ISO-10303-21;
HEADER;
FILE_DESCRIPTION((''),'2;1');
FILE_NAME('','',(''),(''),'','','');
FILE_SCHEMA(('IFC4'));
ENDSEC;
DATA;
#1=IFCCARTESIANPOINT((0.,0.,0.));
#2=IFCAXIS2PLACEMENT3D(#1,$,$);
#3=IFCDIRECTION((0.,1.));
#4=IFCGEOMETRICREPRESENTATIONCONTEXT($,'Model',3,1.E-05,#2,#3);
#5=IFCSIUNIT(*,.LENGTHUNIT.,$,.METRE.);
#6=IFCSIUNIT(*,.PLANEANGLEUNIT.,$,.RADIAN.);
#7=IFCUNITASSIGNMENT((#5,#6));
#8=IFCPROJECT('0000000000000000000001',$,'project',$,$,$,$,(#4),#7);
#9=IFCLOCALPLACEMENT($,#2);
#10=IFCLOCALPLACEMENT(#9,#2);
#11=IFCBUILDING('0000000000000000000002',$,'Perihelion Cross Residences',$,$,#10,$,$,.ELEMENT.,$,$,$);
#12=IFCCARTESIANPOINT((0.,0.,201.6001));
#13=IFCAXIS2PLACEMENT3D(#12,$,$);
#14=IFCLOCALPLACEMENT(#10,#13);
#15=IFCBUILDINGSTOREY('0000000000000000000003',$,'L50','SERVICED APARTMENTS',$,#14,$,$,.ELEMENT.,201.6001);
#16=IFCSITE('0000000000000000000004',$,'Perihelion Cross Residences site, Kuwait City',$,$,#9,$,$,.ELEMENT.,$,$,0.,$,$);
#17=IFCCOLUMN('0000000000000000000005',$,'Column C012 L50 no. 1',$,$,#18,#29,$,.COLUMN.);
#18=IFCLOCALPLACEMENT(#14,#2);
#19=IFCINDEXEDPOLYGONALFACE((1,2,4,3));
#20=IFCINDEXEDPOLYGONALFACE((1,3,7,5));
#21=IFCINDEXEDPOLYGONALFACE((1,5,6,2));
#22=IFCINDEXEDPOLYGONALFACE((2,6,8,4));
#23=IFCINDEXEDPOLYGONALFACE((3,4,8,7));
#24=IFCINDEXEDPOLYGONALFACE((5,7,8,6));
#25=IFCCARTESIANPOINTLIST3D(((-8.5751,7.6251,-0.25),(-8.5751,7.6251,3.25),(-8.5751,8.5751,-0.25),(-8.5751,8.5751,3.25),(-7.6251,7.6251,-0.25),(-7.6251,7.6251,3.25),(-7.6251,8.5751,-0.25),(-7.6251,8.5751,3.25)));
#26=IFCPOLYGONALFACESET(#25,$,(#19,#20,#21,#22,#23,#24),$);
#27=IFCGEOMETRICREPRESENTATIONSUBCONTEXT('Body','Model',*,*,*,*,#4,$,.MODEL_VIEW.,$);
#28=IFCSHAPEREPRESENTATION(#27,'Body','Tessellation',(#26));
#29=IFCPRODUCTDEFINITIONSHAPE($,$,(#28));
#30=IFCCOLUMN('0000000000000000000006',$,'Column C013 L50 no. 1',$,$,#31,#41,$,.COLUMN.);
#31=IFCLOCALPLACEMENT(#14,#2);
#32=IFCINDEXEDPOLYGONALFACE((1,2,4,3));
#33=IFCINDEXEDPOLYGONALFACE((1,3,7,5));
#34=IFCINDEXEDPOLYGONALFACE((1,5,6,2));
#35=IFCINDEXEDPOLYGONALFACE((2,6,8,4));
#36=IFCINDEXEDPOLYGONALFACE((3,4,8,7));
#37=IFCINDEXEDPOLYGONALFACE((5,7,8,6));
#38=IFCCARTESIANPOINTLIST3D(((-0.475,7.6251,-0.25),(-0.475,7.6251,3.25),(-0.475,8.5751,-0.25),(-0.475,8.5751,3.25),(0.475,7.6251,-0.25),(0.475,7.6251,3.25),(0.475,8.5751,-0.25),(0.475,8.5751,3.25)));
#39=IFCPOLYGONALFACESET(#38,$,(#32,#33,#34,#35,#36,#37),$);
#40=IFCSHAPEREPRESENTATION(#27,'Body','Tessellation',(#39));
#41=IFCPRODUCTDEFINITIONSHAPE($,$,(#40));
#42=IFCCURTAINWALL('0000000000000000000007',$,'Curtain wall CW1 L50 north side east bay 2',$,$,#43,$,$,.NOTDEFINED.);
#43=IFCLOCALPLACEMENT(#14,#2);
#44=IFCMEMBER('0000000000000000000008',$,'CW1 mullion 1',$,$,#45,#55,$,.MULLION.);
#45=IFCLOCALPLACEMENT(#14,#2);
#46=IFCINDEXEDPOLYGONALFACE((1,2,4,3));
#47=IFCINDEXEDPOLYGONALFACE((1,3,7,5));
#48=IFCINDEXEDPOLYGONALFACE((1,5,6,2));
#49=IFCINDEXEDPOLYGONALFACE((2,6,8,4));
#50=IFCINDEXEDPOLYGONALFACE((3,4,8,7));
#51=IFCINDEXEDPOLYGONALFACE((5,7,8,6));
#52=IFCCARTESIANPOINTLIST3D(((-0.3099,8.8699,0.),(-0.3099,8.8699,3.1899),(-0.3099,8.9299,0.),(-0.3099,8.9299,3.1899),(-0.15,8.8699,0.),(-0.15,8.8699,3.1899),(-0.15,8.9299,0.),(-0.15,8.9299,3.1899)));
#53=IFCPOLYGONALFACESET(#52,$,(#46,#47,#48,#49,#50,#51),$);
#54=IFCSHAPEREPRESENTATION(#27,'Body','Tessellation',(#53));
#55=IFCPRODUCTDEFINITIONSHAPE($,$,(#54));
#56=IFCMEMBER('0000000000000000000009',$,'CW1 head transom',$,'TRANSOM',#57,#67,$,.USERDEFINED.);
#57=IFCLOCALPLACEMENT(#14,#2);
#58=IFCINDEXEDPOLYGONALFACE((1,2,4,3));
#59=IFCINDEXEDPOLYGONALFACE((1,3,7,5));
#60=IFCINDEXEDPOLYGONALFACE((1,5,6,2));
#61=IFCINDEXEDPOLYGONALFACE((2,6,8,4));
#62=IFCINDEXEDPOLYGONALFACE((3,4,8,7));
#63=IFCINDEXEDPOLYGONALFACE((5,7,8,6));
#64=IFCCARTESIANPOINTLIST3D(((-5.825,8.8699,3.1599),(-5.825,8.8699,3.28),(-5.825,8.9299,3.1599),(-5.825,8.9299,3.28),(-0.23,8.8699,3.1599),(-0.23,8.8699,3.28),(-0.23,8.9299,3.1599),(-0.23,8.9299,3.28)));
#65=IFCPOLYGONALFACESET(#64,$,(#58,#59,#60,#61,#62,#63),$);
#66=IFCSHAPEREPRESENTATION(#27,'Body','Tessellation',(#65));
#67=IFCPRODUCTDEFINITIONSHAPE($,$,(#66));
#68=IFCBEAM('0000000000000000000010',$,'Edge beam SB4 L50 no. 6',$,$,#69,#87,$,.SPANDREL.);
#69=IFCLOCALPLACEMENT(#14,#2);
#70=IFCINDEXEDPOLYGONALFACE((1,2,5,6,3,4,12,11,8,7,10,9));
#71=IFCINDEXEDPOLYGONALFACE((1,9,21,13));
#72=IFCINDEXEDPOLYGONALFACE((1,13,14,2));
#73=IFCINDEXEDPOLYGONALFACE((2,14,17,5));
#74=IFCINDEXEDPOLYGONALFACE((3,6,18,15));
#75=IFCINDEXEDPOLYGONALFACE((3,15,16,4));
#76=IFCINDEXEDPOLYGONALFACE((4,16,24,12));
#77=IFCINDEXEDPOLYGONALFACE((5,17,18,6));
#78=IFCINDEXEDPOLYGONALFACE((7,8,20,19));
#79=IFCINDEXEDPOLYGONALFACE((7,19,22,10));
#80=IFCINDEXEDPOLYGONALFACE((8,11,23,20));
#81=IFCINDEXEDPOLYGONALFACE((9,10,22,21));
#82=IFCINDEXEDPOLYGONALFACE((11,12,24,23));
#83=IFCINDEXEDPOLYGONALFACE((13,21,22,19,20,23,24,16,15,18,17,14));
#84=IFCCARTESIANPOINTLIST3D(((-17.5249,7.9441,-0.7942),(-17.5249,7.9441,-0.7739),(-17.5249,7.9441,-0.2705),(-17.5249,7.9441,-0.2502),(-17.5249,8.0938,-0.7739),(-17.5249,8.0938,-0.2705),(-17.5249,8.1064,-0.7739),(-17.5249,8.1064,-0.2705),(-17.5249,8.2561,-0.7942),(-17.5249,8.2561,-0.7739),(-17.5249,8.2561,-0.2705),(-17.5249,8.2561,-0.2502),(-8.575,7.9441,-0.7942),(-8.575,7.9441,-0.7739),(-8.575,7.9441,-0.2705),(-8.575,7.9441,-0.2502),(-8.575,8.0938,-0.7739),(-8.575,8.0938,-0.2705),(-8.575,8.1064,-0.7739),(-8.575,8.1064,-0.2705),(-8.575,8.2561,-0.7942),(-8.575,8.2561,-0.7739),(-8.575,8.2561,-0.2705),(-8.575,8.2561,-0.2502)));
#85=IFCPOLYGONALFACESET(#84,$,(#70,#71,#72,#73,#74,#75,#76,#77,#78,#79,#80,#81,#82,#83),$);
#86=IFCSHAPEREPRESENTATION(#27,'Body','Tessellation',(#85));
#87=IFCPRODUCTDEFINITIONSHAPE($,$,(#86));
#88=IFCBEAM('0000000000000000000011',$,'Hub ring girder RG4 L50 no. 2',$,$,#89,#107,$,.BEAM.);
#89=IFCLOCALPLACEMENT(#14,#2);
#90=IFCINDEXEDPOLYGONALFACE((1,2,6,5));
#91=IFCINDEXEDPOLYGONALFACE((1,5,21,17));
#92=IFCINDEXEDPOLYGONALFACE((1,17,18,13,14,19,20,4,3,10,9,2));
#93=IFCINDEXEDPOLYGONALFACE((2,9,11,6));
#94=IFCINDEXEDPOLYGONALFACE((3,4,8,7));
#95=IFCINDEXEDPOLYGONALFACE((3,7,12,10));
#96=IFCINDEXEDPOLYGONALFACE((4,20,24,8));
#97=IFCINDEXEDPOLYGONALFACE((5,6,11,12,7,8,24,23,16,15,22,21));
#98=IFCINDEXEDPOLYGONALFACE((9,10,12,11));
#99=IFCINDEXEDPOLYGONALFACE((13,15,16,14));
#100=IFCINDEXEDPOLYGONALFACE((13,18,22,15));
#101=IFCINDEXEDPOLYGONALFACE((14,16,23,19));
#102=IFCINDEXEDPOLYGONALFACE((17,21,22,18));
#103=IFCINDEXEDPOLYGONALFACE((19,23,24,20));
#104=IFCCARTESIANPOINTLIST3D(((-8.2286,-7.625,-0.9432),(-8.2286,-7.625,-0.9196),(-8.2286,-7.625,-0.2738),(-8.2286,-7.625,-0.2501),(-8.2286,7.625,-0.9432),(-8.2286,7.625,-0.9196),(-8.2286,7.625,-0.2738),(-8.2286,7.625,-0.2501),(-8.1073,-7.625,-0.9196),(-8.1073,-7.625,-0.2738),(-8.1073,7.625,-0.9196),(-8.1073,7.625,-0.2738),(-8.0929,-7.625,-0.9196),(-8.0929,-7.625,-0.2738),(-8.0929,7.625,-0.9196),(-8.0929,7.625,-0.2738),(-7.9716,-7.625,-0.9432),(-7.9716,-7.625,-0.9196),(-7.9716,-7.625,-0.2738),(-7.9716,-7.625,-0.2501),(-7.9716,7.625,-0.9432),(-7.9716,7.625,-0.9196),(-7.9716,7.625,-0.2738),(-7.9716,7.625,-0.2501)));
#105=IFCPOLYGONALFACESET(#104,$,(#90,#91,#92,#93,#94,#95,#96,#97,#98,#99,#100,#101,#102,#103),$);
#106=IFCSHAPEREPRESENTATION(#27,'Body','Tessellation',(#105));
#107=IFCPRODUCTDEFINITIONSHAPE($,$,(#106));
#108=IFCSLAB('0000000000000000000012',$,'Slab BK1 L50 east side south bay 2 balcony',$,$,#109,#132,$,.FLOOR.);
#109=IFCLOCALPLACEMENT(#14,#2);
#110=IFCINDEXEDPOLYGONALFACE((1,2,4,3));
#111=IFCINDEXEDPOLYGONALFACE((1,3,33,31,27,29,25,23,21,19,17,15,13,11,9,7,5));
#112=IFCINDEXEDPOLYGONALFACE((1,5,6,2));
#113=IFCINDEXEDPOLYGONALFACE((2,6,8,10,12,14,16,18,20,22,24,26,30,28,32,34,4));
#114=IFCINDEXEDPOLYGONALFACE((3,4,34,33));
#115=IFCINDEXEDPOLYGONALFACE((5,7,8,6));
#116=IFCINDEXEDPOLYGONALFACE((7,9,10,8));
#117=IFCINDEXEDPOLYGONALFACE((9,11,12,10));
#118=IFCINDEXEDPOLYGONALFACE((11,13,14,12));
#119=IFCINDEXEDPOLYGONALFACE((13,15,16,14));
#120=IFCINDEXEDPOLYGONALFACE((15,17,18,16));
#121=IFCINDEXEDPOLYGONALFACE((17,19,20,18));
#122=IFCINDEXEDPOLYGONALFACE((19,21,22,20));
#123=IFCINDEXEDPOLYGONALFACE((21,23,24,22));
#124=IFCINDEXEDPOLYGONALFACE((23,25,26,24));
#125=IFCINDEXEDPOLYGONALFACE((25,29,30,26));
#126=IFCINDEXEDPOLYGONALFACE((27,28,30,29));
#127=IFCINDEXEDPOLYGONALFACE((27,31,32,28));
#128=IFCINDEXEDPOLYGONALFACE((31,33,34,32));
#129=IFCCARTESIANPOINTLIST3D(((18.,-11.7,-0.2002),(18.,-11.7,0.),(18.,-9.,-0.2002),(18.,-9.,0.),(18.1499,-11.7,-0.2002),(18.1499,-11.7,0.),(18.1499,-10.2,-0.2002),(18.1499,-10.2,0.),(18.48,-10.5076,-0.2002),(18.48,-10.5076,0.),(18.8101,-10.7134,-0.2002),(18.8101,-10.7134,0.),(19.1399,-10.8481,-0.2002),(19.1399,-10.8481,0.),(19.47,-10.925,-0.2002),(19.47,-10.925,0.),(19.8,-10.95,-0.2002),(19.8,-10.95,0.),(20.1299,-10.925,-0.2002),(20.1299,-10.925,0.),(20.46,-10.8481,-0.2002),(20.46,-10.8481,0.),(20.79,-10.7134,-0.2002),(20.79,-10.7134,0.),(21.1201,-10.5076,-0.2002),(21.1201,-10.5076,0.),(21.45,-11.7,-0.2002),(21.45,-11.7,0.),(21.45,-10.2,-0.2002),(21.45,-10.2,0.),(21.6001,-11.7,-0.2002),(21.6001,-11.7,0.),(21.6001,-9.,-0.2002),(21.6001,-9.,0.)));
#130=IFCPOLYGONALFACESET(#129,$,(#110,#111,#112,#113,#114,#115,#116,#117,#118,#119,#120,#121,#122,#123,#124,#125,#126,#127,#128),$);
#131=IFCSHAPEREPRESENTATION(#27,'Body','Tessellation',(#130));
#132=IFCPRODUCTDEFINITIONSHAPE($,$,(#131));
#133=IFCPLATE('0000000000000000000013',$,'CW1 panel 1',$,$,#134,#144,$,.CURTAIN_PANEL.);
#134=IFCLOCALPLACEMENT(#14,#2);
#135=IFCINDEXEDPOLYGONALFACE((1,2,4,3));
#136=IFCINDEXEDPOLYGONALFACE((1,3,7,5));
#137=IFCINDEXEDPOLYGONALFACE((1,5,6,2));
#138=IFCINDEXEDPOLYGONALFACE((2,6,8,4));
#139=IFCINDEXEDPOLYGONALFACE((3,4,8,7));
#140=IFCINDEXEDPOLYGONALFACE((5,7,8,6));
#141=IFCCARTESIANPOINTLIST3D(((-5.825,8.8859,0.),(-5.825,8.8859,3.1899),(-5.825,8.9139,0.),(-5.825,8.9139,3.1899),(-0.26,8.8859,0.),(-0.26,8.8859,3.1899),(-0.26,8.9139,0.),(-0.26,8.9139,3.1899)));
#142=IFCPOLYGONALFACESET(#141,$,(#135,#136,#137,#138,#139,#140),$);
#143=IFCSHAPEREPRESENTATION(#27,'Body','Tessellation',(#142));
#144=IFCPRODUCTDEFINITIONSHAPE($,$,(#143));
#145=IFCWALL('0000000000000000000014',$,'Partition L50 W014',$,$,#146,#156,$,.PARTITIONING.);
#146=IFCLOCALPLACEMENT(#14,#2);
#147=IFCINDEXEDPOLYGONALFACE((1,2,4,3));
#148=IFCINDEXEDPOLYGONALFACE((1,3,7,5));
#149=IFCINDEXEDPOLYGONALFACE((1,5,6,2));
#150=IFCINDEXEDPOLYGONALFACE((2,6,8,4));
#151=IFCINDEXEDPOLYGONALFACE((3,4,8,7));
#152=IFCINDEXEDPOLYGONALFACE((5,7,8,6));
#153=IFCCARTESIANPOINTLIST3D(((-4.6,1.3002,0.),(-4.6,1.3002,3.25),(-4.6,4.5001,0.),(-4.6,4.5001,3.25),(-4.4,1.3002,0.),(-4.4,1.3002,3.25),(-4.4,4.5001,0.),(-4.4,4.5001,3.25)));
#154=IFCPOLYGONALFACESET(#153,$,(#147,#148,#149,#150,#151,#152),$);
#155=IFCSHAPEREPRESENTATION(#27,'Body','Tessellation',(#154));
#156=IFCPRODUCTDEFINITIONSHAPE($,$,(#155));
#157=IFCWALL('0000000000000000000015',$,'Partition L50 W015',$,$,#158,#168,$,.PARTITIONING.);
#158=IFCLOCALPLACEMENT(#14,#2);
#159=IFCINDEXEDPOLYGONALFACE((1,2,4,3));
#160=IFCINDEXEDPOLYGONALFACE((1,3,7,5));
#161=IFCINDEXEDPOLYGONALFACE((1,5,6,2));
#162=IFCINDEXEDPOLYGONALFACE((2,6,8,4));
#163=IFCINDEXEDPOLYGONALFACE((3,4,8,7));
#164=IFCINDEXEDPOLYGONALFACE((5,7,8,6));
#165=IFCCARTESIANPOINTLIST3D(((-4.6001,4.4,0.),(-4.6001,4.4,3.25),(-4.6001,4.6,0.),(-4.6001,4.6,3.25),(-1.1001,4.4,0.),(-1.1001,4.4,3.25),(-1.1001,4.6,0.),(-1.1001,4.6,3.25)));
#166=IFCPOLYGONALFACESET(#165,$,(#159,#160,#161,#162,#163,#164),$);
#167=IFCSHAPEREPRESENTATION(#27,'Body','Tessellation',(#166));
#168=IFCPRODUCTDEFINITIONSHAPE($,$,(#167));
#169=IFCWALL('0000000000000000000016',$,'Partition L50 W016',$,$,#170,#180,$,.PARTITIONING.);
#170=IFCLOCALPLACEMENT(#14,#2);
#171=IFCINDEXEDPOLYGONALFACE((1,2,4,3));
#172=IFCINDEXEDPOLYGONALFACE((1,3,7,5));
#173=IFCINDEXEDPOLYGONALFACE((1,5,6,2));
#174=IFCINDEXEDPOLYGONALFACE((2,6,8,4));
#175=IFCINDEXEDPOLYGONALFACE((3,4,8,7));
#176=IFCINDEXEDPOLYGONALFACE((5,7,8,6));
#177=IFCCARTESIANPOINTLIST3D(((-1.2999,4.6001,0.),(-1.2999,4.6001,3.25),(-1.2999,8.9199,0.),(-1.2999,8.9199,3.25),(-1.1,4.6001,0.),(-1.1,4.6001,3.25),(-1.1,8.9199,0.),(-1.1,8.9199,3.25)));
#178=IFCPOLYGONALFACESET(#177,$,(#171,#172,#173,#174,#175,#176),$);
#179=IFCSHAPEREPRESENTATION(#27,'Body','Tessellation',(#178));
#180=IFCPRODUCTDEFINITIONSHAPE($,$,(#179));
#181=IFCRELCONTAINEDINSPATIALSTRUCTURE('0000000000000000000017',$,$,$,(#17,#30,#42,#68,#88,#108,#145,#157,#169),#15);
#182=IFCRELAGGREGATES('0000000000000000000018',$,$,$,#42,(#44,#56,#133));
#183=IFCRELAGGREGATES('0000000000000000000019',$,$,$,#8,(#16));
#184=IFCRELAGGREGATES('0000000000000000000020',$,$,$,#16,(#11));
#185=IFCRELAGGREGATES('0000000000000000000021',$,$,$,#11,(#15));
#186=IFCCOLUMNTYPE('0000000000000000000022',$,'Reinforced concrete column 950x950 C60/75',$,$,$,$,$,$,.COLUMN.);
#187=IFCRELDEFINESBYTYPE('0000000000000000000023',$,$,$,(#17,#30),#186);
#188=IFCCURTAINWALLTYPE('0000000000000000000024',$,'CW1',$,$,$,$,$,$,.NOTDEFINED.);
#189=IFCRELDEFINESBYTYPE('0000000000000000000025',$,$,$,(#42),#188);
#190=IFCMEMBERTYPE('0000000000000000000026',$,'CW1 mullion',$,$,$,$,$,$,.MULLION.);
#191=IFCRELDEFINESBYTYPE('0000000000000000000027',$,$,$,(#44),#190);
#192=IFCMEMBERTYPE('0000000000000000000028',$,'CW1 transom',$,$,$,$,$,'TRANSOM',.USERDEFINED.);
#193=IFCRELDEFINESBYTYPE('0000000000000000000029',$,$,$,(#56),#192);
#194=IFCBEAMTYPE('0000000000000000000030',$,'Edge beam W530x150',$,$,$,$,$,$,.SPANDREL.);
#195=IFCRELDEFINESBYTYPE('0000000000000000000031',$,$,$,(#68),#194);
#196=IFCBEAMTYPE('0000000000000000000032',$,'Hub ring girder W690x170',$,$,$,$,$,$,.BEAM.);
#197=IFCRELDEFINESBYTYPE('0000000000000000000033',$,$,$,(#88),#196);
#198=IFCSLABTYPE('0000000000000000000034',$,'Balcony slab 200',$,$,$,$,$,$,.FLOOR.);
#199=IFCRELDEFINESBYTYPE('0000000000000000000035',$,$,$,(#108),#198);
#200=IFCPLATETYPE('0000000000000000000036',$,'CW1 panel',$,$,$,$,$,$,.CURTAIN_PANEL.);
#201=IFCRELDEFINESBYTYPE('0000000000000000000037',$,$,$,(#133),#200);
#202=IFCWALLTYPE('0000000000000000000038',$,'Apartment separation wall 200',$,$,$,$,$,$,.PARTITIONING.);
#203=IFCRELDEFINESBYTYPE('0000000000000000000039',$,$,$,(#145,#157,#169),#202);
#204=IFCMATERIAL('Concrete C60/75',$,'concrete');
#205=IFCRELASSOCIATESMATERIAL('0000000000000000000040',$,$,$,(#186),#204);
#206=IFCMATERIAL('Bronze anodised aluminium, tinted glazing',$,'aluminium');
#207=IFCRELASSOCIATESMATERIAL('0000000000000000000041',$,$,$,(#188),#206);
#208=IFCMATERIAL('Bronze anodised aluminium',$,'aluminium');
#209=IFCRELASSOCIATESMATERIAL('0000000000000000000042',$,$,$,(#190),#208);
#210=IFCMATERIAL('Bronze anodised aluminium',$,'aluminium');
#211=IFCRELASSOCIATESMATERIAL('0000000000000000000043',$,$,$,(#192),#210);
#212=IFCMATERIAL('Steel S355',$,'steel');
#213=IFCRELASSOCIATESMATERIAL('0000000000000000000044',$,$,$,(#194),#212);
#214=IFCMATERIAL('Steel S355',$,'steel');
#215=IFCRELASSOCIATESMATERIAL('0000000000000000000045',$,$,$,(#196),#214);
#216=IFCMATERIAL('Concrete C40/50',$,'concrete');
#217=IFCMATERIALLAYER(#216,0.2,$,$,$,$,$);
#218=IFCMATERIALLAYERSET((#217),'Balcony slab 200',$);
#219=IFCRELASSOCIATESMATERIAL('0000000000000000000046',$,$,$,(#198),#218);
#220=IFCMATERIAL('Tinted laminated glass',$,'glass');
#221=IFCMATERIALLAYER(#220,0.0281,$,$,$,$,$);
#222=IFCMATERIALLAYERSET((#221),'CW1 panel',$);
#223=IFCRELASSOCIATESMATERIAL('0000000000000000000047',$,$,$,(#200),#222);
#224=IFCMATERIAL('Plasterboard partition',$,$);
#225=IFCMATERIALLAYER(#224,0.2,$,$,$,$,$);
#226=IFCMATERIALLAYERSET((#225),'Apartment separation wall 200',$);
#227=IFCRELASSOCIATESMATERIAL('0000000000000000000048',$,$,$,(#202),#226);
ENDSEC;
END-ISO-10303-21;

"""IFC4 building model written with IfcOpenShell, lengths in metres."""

from ifc_helpers import new_model, si_unit, direction, frame, frame_2d, origin, origin_2d, place, context, subcontext, project, spatial, polyline, rectangle, i_section, outline, extrude, material, layer, layer_set, material_profile, profile_set, type_object, element, aggregate, save


model = new_model("IFC4")

# Units and contexts
model_context = context("Model", 3, precision=1e-05, world=origin(), true_north=direction((0.0, 1.0)))
body_context = subcontext(model_context, "Body", "Model", "MODEL_VIEW")
ifc_project = project(units=[si_unit("LENGTHUNIT", "METRE"), si_unit("PLANEANGLEUNIT", "RADIAN")], contexts=[model_context])

# Site, building, storey
site_placement = place(None, origin())
site = spatial("IfcSite", under=ifc_project, at=site_placement, Name="Perihelion Cross Residences site, Kuwait City", CompositionType="ELEMENT", RefElevation=0.0)
building_placement = place(site_placement, origin())
building = spatial("IfcBuilding", under=site, at=building_placement, Name="Perihelion Cross Residences", CompositionType="ELEMENT")
storey_placement = place(building_placement, frame((0.0, 0.0, 201.6001)))
storey = spatial("IfcBuildingStorey", under=building, at=storey_placement, Name="L50", Description="SERVICED APARTMENTS", CompositionType="ELEMENT", Elevation=201.6001)

# Columns
ifc_material_1 = material(Name="Concrete C60/75", Category="concrete")
ifc_material_profile_1 = material_profile(ifc_material_1, rectangle(XDim=0.95, YDim=0.95, at=origin_2d()), Name="RC 950x950")
ifc_profile_set_1 = profile_set([ifc_material_profile_1], Name="Concrete C60/75")
column_type = type_object("IfcColumnType", Name="Reinforced concrete column 950x950 C60/75", PredefinedType="COLUMN", material=ifc_profile_set_1)
for number, where, z_axis, x_axis, name in (
    (1, (-8.1001, 8.1001, -0.25), (0.0, 0.0, 1.0), (1.0, 0.0, 0.0), "Column C012 L50 no. 1"),
    (2, (0.0, 8.1001, -0.25), (0.0, 0.0, 1.0), (1.0, 0.0, 0.0), "Column C013 L50 no. 1"),
):
    element("IfcColumn", number, at=place(storey_placement, frame(where, z_axis=z_axis, x_axis=x_axis)), inside=storey, type_object=column_type, Name=name, PredefinedType="COLUMN", context=body_context, shape_type="SweptSolid", body=[
        extrude(rectangle(XDim=0.95, YDim=0.95, at=origin_2d()), origin(), (0.0, 0.0, 1.0), 3.5),
    ])

# Curtain wall, members
ifc_material_2 = material(Name="Bronze anodised aluminium, tinted glazing", Category="aluminium")
curtain_wall_type = type_object("IfcCurtainWallType", Name="CW1", PredefinedType="NOTDEFINED", material=ifc_material_2)
curtain_wall_placement = place(storey_placement, origin())
curtain_wall = element("IfcCurtainWall", 3, at=curtain_wall_placement, inside=storey, type_object=curtain_wall_type, Name="Curtain wall CW1 L50 north side east bay 2", PredefinedType="NOTDEFINED")
ifc_material_3 = material(Name="Bronze anodised aluminium", Category="aluminium")
ifc_material_profile_2 = material_profile(ifc_material_3, rectangle(XDim=0.0601, YDim=0.1599, at=origin_2d()), Name="CW1 mullion")
ifc_profile_set_2 = profile_set([ifc_material_profile_2], Name="Bronze anodised aluminium")
member_type_1 = type_object("IfcMemberType", Name="CW1 mullion", PredefinedType="MULLION", material=ifc_profile_set_2)
member_1_placement = place(storey_placement, frame((-0.23, 8.8999, 0.0), z_axis=(0.0, 0.0, 1.0), x_axis=(0.0, -1.0, 0.0)))
member_1 = element("IfcMember", 4, at=member_1_placement, type_object=member_type_1, Name="CW1 mullion 1", PredefinedType="MULLION", context=body_context, shape_type="SweptSolid", body=[
    extrude(rectangle(XDim=0.0601, YDim=0.1599, at=origin_2d()), origin(), (0.0, 0.0, 1.0), 3.1899),
])
ifc_material_4 = material(Name="Bronze anodised aluminium", Category="aluminium")
ifc_material_profile_3 = material_profile(ifc_material_4, rectangle(XDim=0.0601, YDim=0.1201, at=origin_2d()), Name="CW1 transom")
ifc_profile_set_3 = profile_set([ifc_material_profile_3], Name="Bronze anodised aluminium")
member_type_2 = type_object("IfcMemberType", Name="CW1 transom", ElementType="TRANSOM", PredefinedType="USERDEFINED", material=ifc_profile_set_3)
member_2_placement = place(storey_placement, frame((-0.23, 8.8999, 3.22), z_axis=(-1.0, 0.0, 0.0), x_axis=(0.0, -1.0, 0.0)))
member_2 = element("IfcMember", 5, at=member_2_placement, type_object=member_type_2, Name="CW1 head transom", ObjectType="TRANSOM", PredefinedType="USERDEFINED", context=body_context, shape_type="SweptSolid", body=[
    extrude(rectangle(XDim=0.0601, YDim=0.1201, at=origin_2d()), origin(), (0.0, 0.0, 1.0), 5.595),
])

# Beams
ifc_material_5 = material(Name="Steel S355", Category="steel")
ifc_material_profile_4 = material_profile(ifc_material_5, i_section(OverallWidth=0.312, OverallDepth=0.5439, WebThickness=0.0127, FlangeThickness=0.0203, at=origin_2d()), Name="W530x150")
ifc_profile_set_4 = profile_set([ifc_material_profile_4], Name="Steel S355")
beam_type_1 = type_object("IfcBeamType", Name="Edge beam W530x150", PredefinedType="SPANDREL", material=ifc_profile_set_4)
beam_1_placement = place(storey_placement, frame((-8.575, 8.1001, -0.5222), z_axis=(-1.0, 0.0, 0.0), x_axis=(0.0, -1.0, 0.0)))
element("IfcBeam", 6, at=beam_1_placement, inside=storey, type_object=beam_type_1, Name="Edge beam SB4 L50 no. 6", PredefinedType="SPANDREL", context=body_context, shape_type="SweptSolid", body=[
    extrude(i_section(OverallWidth=0.312, OverallDepth=0.5439, WebThickness=0.0127, FlangeThickness=0.0203, at=origin_2d()), origin(), (0.0, 0.0, 1.0), 8.95),
])
ifc_material_6 = material(Name="Steel S355", Category="steel")
ifc_material_profile_5 = material_profile(ifc_material_6, i_section(OverallWidth=0.2571, OverallDepth=0.6931, WebThickness=0.0144, FlangeThickness=0.0237, at=origin_2d()), Name="W690x170")
ifc_profile_set_5 = profile_set([ifc_material_profile_5], Name="Steel S355")
beam_type_2 = type_object("IfcBeamType", Name="Hub ring girder W690x170", PredefinedType="BEAM", material=ifc_profile_set_5)
beam_2_placement = place(storey_placement, frame((-8.1001, 7.625, -0.5967), z_axis=(0.0, -1.0, 0.0), x_axis=(1.0, 0.0, 0.0)))
element("IfcBeam", 7, at=beam_2_placement, inside=storey, type_object=beam_type_2, Name="Hub ring girder RG4 L50 no. 2", PredefinedType="BEAM", context=body_context, shape_type="SweptSolid", body=[
    extrude(i_section(OverallWidth=0.2571, OverallDepth=0.6931, WebThickness=0.0144, FlangeThickness=0.0237, at=origin_2d()), origin(), (0.0, 0.0, 1.0), 15.25),
])

# Slab
ifc_material_7 = material(Name="Concrete C40/50", Category="concrete")
ifc_layer_1 = layer(ifc_material_7, 0.2)
ifc_layer_set_1 = layer_set([ifc_layer_1], Name="Balcony slab 200")
slab_type = type_object("IfcSlabType", Name="Balcony slab 200", PredefinedType="FLOOR", material=ifc_layer_set_1)
slab_placement = place(storey_placement, frame((0.0, 0.0, -0.2002)))
element("IfcSlab", 8, at=slab_placement, inside=storey, type_object=slab_type, Name="Slab BK1 L50 east side south bay 2 balcony", PredefinedType="FLOOR", context=body_context, shape_type="SweptSolid", body=[
    extrude(outline(polyline([(18.0, -9.0), (21.6001, -9.0), (21.6001, -11.7), (21.45, -11.7), (21.45, -10.2), (21.1201, -10.5076), (20.79, -10.7134), (20.46, -10.8481), (20.1299, -10.925), (19.8, -10.95), (19.47, -10.925), (19.1399, -10.8481), (18.8101, -10.7134), (18.48, -10.5076), (18.1499, -10.2), (18.1499, -11.7), (18.0, -11.7), (18.0, -9.0)])), origin(), (0.0, 0.0, 1.0), 0.2002),
])

# Plate
ifc_material_8 = material(Name="Tinted laminated glass", Category="glass")
ifc_layer_2 = layer(ifc_material_8, 0.0281)
ifc_layer_set_2 = layer_set([ifc_layer_2], Name="CW1 panel")
plate_type = type_object("IfcPlateType", Name="CW1 panel", PredefinedType="CURTAIN_PANEL", material=ifc_layer_set_2)
plate_placement = place(storey_placement, frame((-3.0425, 8.8999, 0.0), z_axis=(0.0, 0.0, 1.0), x_axis=(-1.0, 0.0, 0.0)))
plate = element("IfcPlate", 9, at=plate_placement, type_object=plate_type, Name="CW1 panel 1", PredefinedType="CURTAIN_PANEL", context=body_context, shape_type="SweptSolid", body=[
    extrude(rectangle(XDim=5.5649, YDim=0.0281, at=origin_2d()), origin(), (0.0, 0.0, 1.0), 3.1899),
])
aggregate(curtain_wall, [member_1, member_2, plate])

# Walls
ifc_material_9 = material(Name="Plasterboard partition")
ifc_layer_3 = layer(ifc_material_9, 0.2)
ifc_layer_set_3 = layer_set([ifc_layer_3], Name="Apartment separation wall 200")
wall_type_1 = type_object("IfcWallType", Name="Apartment separation wall 200", PredefinedType="PARTITIONING", material=ifc_layer_set_3)
wall_1_placement = place(storey_placement, frame((-4.5, 1.3, 0.0), z_axis=(0.0, 0.0, 1.0), x_axis=(0.0, 1.0, 0.0)))
element("IfcWall", 10, at=wall_1_placement, inside=storey, type_object=wall_type_1, Name="Partition L50 W014", PredefinedType="PARTITIONING", context=body_context, shape_type="SweptSolid", body=[
    extrude(rectangle(XDim=3.2, YDim=0.2, at=frame_2d((1.6001, 0.0))), origin(), (0.0, 0.0, 1.0), 3.25),
])
wall_2_placement = place(storey_placement, frame((-4.6001, 4.5, 0.0), z_axis=(0.0, 0.0, 1.0), x_axis=(1.0, 0.0, 0.0)))
element("IfcWall", 11, at=wall_2_placement, inside=storey, type_object=wall_type_1, Name="Partition L50 W015", PredefinedType="PARTITIONING", context=body_context, shape_type="SweptSolid", body=[
    extrude(rectangle(XDim=3.5, YDim=0.2, at=frame_2d((1.75, 0.0))), origin(), (0.0, 0.0, 1.0), 3.25),
])
wall_3_placement = place(storey_placement, frame((-1.2, 4.6001, 0.0), z_axis=(0.0, 0.0, 1.0), x_axis=(0.0, 1.0, 0.0)))
element("IfcWall", 12, at=wall_3_placement, inside=storey, type_object=wall_type_1, Name="Partition L50 W016", PredefinedType="PARTITIONING", context=body_context, shape_type="SweptSolid", body=[
    extrude(rectangle(XDim=4.3198, YDim=0.2, at=frame_2d((2.1599, 0.0))), origin(), (0.0, 0.0, 1.0), 3.25),
])

save(model, "model.ifc")
